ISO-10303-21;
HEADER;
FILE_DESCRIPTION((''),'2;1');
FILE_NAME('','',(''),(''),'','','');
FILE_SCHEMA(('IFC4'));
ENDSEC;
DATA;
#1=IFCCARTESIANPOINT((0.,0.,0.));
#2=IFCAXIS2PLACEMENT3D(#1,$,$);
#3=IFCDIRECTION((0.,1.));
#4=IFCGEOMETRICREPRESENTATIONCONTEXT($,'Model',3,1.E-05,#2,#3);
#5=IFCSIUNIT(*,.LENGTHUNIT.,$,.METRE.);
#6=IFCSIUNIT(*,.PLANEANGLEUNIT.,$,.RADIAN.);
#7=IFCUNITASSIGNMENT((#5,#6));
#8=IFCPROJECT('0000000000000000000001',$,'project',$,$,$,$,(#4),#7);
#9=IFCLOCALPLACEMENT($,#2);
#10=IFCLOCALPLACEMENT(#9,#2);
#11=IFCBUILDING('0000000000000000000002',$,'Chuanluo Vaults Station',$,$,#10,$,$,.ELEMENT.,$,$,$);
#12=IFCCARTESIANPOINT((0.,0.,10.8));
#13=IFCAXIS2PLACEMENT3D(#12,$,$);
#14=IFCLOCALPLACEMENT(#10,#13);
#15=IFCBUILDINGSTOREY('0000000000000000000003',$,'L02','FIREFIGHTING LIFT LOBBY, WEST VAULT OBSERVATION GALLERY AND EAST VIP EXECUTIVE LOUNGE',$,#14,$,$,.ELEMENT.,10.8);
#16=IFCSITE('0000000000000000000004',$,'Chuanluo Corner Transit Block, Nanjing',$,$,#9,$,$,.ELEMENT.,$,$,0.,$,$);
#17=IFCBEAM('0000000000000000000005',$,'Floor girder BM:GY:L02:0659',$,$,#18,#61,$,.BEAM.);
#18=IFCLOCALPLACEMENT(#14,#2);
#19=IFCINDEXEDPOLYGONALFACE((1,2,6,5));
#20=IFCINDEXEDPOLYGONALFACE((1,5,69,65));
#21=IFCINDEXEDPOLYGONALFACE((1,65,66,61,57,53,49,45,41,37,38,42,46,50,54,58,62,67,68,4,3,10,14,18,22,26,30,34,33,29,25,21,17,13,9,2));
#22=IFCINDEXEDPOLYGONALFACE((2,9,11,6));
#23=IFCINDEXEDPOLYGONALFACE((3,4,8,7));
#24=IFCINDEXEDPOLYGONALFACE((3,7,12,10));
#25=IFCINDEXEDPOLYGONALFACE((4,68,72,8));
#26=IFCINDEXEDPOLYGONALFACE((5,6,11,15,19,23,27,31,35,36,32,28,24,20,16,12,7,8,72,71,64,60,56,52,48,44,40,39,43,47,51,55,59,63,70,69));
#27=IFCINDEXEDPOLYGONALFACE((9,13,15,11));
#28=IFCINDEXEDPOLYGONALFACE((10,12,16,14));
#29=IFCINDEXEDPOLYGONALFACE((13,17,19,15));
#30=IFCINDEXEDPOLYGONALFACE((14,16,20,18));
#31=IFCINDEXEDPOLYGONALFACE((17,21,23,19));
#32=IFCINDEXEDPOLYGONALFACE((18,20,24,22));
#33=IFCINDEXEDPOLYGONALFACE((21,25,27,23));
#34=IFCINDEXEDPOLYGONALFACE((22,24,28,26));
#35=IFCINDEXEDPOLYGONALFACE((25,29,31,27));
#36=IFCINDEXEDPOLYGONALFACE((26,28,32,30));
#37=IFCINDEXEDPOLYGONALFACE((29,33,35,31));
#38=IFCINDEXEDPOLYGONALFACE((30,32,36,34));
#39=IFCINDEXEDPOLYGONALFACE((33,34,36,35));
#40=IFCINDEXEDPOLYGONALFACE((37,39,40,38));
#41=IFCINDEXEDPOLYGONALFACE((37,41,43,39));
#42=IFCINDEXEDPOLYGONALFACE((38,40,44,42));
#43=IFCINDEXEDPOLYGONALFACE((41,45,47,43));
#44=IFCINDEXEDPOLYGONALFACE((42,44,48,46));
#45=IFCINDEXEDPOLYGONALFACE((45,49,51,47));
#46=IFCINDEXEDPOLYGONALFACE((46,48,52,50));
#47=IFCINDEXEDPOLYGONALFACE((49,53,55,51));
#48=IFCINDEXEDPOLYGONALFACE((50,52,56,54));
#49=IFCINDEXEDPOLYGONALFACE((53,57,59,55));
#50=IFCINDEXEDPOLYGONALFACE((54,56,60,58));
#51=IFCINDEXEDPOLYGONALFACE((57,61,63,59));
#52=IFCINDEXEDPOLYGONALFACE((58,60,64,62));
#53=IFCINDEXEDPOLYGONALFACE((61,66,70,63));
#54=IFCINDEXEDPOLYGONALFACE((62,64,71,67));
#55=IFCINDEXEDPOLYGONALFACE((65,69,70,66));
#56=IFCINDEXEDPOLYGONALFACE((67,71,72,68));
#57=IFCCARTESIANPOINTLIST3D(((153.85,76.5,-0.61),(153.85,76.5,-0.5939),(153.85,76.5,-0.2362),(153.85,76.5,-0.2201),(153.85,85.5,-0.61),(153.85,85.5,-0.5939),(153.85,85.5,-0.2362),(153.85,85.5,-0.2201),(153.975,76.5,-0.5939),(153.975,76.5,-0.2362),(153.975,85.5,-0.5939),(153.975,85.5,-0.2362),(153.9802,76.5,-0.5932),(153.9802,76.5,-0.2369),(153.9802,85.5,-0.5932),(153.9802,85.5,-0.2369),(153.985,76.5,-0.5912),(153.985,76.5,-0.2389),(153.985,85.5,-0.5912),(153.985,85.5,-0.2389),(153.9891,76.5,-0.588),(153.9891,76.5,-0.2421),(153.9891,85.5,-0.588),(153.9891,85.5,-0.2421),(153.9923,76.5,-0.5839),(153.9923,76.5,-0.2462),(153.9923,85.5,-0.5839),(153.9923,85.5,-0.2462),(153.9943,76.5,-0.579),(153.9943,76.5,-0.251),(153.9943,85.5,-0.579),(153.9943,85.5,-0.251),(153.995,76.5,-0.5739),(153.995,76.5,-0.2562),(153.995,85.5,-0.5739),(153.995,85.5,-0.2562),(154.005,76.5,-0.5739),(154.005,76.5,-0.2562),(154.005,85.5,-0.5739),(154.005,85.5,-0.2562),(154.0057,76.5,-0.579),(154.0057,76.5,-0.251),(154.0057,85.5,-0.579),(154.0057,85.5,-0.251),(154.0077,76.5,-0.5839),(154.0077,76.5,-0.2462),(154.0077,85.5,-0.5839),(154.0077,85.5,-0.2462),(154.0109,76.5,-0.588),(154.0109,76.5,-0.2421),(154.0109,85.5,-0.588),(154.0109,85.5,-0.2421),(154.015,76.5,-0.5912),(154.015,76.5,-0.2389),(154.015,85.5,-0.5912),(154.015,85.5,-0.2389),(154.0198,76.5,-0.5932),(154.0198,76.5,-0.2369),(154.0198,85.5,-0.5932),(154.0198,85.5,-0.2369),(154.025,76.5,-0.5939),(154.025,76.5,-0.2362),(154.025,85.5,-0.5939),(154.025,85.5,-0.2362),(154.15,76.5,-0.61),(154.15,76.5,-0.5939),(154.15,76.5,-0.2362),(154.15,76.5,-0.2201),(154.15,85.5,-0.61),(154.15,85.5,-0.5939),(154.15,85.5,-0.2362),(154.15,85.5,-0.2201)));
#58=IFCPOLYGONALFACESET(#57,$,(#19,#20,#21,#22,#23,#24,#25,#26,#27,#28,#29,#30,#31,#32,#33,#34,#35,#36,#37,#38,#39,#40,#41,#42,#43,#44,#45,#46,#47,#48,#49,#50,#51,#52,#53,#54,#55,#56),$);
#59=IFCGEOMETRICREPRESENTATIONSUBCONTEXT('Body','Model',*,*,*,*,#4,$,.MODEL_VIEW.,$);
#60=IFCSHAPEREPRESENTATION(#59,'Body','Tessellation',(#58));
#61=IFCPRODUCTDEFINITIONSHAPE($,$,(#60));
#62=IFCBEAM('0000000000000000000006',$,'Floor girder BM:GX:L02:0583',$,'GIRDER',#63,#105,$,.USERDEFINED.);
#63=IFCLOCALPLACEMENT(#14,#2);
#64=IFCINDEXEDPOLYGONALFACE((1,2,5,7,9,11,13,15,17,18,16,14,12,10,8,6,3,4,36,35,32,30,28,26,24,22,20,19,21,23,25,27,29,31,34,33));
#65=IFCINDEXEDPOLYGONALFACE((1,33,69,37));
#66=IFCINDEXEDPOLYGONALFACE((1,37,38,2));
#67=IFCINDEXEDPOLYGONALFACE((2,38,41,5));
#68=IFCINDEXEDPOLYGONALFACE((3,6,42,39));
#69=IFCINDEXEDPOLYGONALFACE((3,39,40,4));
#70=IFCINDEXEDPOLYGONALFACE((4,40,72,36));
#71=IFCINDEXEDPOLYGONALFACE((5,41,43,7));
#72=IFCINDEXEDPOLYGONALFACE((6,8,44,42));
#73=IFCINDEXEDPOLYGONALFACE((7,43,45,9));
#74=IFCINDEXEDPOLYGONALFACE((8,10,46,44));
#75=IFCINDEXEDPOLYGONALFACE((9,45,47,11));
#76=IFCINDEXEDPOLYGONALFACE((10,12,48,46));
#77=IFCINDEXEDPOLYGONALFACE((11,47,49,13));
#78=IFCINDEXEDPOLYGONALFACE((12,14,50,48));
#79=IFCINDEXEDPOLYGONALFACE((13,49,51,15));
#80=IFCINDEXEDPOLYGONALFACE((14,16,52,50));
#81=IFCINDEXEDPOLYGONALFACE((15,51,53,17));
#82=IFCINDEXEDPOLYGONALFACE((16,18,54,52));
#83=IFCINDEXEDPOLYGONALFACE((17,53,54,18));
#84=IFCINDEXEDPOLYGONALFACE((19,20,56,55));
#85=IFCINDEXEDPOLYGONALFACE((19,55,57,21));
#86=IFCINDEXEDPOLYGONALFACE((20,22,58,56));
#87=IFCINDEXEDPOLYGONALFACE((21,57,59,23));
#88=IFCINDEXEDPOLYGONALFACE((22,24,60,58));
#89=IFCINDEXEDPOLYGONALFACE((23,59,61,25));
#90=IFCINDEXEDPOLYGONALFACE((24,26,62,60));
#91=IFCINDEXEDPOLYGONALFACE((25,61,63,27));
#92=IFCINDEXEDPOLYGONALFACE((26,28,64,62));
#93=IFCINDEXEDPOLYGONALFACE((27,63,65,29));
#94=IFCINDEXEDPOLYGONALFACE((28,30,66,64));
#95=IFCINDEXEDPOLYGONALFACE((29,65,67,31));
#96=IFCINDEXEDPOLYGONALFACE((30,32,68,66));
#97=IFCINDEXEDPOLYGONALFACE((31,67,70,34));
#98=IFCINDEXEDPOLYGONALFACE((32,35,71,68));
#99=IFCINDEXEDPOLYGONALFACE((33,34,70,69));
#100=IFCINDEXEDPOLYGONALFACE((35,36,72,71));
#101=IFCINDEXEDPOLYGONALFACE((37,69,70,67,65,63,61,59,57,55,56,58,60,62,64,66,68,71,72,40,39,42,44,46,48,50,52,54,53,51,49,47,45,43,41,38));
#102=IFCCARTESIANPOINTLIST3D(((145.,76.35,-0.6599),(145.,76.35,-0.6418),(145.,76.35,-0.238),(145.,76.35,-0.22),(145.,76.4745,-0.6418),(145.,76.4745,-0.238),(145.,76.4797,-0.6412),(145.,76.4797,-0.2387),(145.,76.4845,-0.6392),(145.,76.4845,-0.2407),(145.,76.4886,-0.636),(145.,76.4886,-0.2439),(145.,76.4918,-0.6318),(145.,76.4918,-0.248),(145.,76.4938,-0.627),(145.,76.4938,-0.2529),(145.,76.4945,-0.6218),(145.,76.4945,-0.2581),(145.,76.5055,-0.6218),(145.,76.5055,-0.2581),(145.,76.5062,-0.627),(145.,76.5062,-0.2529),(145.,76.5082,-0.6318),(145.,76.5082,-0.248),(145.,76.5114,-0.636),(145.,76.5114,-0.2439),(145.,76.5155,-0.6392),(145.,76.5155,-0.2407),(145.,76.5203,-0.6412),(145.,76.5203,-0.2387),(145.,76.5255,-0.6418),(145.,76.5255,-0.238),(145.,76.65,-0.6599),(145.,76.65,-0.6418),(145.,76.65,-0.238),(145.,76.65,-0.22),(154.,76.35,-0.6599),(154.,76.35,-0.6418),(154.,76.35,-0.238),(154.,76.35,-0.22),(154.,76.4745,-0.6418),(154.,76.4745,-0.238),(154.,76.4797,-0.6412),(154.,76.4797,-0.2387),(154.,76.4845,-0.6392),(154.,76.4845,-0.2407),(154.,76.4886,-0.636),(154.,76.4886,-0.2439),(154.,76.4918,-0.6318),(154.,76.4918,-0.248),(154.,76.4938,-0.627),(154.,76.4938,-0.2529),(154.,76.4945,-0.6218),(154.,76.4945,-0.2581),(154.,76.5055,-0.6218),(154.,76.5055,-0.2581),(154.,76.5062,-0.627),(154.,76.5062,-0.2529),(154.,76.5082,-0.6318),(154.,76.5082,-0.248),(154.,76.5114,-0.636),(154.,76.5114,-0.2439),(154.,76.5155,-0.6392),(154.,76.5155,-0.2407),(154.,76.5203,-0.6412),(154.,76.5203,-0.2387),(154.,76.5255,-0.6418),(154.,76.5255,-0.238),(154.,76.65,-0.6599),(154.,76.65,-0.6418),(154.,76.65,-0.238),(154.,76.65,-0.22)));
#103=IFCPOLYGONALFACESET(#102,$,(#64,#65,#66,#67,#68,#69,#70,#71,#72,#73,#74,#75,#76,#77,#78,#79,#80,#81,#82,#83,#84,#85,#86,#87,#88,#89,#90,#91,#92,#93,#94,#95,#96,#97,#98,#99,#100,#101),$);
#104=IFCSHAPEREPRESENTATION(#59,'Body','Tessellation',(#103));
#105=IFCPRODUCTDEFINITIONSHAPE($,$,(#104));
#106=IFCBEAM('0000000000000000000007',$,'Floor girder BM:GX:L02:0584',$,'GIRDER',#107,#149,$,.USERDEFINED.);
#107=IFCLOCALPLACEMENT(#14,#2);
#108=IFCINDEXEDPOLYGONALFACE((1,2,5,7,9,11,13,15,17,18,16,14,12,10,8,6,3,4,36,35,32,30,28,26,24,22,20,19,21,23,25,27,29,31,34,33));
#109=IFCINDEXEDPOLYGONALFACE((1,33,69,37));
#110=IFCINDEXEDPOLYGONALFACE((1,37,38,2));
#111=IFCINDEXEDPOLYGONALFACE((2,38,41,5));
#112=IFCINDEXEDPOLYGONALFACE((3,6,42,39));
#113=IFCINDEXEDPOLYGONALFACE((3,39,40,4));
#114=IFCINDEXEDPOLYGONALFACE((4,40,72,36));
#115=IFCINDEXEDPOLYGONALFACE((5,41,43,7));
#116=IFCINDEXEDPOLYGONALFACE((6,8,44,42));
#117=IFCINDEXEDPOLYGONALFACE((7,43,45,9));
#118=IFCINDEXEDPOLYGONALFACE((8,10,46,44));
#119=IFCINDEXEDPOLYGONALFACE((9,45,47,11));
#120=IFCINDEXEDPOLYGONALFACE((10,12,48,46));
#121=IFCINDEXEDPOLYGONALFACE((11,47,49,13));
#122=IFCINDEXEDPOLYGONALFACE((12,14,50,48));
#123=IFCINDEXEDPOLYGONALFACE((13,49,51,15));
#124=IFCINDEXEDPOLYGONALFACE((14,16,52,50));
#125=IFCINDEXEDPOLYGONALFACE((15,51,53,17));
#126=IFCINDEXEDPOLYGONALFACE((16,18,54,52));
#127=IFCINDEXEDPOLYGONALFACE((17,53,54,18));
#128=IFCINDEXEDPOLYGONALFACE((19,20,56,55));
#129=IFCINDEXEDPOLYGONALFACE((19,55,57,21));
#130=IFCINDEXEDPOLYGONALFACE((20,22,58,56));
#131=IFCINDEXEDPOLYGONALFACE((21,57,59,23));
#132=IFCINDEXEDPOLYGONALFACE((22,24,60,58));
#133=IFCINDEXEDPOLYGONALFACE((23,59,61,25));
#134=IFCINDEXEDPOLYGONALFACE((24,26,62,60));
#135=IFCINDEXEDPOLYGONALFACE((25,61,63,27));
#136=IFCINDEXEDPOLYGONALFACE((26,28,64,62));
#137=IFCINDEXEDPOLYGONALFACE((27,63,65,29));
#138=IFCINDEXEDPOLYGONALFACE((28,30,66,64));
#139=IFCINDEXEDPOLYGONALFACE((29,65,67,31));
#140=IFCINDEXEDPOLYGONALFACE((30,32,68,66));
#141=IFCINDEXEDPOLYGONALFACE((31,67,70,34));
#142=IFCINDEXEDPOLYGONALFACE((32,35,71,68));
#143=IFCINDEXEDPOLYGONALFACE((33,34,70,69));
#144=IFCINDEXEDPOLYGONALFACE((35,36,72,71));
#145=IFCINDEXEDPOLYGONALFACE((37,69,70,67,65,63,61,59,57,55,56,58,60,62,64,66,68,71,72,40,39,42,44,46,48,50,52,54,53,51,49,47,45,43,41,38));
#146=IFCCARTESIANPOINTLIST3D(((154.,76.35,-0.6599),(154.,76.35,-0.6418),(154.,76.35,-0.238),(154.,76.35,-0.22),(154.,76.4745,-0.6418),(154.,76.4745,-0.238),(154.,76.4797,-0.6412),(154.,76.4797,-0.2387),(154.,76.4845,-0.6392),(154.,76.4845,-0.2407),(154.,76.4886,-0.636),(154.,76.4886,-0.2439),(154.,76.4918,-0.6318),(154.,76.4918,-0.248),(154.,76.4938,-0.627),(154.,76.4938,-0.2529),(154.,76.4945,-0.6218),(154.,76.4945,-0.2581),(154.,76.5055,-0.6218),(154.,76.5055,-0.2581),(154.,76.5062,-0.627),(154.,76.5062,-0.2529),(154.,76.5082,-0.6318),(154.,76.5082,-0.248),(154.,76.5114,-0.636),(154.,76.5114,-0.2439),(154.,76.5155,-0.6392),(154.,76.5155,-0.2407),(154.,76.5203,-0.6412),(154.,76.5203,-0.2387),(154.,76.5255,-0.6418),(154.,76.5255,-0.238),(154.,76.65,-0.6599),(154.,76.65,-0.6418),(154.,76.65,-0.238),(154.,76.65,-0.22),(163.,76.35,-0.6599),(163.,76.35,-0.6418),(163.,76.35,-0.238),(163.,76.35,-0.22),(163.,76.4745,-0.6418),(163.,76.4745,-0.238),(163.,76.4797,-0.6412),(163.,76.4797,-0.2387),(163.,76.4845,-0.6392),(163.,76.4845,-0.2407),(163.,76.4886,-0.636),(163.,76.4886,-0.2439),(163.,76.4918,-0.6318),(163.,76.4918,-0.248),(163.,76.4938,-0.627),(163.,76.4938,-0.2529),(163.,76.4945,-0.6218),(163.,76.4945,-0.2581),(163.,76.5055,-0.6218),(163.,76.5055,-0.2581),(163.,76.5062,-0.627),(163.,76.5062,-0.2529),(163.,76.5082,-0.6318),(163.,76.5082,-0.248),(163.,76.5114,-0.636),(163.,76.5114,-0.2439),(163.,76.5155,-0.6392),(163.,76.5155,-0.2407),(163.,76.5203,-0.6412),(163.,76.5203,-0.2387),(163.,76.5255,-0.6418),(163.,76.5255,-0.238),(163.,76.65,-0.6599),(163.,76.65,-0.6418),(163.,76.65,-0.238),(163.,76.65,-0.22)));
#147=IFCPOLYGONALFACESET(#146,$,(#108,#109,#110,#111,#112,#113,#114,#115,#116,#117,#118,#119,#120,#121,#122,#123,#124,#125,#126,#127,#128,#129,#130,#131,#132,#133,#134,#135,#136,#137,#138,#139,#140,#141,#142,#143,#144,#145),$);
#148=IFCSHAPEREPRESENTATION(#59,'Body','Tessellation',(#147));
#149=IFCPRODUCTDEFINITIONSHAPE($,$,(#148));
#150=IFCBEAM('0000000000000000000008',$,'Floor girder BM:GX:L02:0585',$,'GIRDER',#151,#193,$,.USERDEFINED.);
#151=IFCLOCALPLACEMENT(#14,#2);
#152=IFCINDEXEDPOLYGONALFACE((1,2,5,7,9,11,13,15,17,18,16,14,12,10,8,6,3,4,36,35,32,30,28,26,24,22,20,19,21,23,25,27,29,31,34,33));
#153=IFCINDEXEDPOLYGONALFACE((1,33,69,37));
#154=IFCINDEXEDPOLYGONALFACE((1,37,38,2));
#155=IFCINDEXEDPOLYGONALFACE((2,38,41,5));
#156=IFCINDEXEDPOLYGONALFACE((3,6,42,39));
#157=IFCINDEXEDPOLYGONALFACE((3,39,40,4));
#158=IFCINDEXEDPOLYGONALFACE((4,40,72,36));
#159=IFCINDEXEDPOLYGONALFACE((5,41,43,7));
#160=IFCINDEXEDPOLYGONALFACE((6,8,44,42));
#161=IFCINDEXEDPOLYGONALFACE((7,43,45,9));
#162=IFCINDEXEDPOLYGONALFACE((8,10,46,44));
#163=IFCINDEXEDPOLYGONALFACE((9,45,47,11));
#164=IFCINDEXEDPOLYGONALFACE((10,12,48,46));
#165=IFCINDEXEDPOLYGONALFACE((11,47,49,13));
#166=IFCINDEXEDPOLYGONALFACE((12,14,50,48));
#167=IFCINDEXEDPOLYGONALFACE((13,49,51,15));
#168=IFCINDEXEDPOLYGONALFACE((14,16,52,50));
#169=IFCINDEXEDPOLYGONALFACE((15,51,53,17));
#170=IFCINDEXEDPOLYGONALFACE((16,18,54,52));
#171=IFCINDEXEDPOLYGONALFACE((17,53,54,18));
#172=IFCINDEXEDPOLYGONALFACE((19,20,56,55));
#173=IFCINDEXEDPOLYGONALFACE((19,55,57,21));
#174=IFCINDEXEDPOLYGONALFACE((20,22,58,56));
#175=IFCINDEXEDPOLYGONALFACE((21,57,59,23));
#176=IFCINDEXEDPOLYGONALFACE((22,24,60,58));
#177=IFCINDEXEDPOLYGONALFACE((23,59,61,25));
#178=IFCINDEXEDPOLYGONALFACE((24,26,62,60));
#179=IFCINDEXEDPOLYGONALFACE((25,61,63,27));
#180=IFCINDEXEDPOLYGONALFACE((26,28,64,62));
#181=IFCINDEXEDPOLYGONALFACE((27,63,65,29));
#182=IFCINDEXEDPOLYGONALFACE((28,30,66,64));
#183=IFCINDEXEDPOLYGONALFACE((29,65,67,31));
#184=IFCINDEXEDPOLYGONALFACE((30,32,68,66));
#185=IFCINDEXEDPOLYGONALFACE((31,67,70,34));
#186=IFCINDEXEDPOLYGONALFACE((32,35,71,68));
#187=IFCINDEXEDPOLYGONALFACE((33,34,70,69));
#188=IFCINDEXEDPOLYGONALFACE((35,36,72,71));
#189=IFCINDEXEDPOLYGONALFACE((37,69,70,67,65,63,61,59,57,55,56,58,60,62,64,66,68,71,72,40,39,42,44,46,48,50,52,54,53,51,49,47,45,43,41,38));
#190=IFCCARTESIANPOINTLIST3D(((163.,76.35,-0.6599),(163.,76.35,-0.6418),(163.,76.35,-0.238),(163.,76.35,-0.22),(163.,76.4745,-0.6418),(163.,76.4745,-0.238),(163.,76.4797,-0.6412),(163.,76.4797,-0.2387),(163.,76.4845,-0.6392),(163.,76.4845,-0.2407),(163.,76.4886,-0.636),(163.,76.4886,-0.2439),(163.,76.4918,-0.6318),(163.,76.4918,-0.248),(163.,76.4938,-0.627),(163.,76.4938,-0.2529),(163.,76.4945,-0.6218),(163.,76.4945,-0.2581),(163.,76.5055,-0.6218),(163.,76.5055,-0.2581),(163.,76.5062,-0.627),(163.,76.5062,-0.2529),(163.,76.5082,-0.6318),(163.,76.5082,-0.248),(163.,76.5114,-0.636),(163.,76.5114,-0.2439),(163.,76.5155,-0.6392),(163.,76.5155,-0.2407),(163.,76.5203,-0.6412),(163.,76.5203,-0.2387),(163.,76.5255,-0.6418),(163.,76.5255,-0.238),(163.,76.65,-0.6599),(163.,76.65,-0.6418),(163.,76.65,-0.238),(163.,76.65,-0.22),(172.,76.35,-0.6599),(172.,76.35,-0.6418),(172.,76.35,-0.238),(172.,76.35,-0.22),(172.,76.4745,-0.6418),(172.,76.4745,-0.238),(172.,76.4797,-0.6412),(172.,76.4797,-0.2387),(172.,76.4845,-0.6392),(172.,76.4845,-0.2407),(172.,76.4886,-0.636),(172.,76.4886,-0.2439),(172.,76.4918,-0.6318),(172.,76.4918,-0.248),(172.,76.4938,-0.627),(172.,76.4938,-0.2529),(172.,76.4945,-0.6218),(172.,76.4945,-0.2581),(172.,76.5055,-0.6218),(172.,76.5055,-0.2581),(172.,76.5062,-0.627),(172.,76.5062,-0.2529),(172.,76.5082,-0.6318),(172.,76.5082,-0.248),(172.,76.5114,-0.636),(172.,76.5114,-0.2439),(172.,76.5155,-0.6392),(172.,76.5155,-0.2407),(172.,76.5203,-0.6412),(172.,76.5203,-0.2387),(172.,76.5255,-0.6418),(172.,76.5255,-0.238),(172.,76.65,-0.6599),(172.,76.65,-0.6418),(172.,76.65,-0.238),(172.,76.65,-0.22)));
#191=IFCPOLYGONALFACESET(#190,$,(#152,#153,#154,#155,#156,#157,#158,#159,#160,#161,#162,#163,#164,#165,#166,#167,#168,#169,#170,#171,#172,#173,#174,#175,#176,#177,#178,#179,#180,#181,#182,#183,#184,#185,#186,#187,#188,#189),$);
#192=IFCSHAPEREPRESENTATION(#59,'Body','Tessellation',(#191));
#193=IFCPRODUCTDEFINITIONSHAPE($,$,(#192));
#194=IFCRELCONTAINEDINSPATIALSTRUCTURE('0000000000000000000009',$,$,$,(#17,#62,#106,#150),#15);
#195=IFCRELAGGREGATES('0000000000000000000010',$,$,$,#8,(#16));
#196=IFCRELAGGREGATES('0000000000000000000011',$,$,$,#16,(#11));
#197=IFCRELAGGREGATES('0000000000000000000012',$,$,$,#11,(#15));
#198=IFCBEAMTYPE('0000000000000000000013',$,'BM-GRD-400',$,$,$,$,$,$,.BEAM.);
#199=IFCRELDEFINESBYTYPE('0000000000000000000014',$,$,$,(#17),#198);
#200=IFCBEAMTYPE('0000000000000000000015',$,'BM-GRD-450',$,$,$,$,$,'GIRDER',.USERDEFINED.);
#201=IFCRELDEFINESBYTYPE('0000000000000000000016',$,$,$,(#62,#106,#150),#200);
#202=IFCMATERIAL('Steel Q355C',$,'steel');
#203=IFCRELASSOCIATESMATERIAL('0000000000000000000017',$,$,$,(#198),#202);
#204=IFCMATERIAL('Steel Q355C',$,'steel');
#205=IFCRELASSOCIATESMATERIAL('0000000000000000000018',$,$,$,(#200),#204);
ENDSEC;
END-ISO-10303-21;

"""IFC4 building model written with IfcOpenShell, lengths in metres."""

from ifc_helpers import new_model, si_unit, direction, frame, origin, origin_2d, place, context, subcontext, project, spatial, i_section, extrude, material, material_profile, profile_set, type_object, element, save


model = new_model("IFC4")

# Units and contexts
model_context = context("Model", 3, precision=1e-05, world=origin(), true_north=direction((0.0, 1.0)))
body_context = subcontext(model_context, "Body", "Model", "MODEL_VIEW")
ifc_project = project(units=[si_unit("LENGTHUNIT", "METRE"), si_unit("PLANEANGLEUNIT", "RADIAN")], contexts=[model_context])

# Site, building, storey
site_placement = place(None, origin())
site = spatial("IfcSite", under=ifc_project, at=site_placement, Name="Chuanluo Corner Transit Block, Nanjing", CompositionType="ELEMENT", RefElevation=0.0)
building_placement = place(site_placement, origin())
building = spatial("IfcBuilding", under=site, at=building_placement, Name="Chuanluo Vaults Station", CompositionType="ELEMENT")
storey_placement = place(building_placement, frame((0.0, 0.0, 10.8)))
storey = spatial("IfcBuildingStorey", under=building, at=storey_placement, Name="L02", Description="FIREFIGHTING LIFT LOBBY, WEST VAULT OBSERVATION GALLERY AND EAST VIP EXECUTIVE LOUNGE", CompositionType="ELEMENT", Elevation=10.8)

# Beams
ifc_material_1 = material(Name="Steel Q355C", Category="steel")
ifc_material_profile_1 = material_profile(ifc_material_1, i_section(OverallWidth=0.3, OverallDepth=0.3899, WebThickness=0.01, FlangeThickness=0.0161, FilletRadius=0.02, at=origin_2d()))
ifc_profile_set_1 = profile_set([ifc_material_profile_1], Name="Steel Q355C")
beam_type_1 = type_object("IfcBeamType", Name="BM-GRD-400", PredefinedType="BEAM", material=ifc_profile_set_1)
for number, where, z_axis, x_axis, name in (
    (1, (154.0, 76.5, -0.415), (0.0, 1.0, 0.0), (-1.0, 0.0, 0.0), "Floor girder BM:GY:L02:0659"),
):
    element("IfcBeam", number, at=place(storey_placement, frame(where, z_axis=z_axis, x_axis=x_axis)), inside=storey, type_object=beam_type_1, Name=name, PredefinedType="BEAM", context=body_context, shape_type="SweptSolid", body=[
        extrude(i_section(OverallWidth=0.3, OverallDepth=0.3899, WebThickness=0.01, FlangeThickness=0.0161, FilletRadius=0.02, at=origin_2d()), origin(), (0.0, 0.0, 1.0), 9.0),
    ])
ifc_material_2 = material(Name="Steel Q355C", Category="steel")
ifc_material_profile_2 = material_profile(ifc_material_2, i_section(OverallWidth=0.3, OverallDepth=0.4399, WebThickness=0.011, FlangeThickness=0.0181, FilletRadius=0.02, at=origin_2d()))
ifc_profile_set_2 = profile_set([ifc_material_profile_2], Name="Steel Q355C")
beam_type_2 = type_object("IfcBeamType", Name="BM-GRD-450", ElementType="GIRDER", PredefinedType="USERDEFINED", material=ifc_profile_set_2)
for number, where, z_axis, x_axis, name in (
    (2, (145.0, 76.5, -0.4399), (1.0, 0.0, 0.0), (0.0, 1.0, 0.0), "Floor girder BM:GX:L02:0583"),
    (3, (154.0, 76.5, -0.4399), (1.0, 0.0, 0.0), (0.0, 1.0, 0.0), "Floor girder BM:GX:L02:0584"),
    (4, (163.0, 76.5, -0.4399), (1.0, 0.0, 0.0), (0.0, 1.0, 0.0), "Floor girder BM:GX:L02:0585"),
):
    element("IfcBeam", number, at=place(storey_placement, frame(where, z_axis=z_axis, x_axis=x_axis)), inside=storey, type_object=beam_type_2, Name=name, ObjectType="GIRDER", PredefinedType="USERDEFINED", context=body_context, shape_type="SweptSolid", body=[
        extrude(i_section(OverallWidth=0.3, OverallDepth=0.4399, WebThickness=0.011, FlangeThickness=0.0181, FilletRadius=0.02, at=origin_2d()), origin(), (0.0, 0.0, 1.0), 9.0),
    ])

save(model, "model.ifc")
